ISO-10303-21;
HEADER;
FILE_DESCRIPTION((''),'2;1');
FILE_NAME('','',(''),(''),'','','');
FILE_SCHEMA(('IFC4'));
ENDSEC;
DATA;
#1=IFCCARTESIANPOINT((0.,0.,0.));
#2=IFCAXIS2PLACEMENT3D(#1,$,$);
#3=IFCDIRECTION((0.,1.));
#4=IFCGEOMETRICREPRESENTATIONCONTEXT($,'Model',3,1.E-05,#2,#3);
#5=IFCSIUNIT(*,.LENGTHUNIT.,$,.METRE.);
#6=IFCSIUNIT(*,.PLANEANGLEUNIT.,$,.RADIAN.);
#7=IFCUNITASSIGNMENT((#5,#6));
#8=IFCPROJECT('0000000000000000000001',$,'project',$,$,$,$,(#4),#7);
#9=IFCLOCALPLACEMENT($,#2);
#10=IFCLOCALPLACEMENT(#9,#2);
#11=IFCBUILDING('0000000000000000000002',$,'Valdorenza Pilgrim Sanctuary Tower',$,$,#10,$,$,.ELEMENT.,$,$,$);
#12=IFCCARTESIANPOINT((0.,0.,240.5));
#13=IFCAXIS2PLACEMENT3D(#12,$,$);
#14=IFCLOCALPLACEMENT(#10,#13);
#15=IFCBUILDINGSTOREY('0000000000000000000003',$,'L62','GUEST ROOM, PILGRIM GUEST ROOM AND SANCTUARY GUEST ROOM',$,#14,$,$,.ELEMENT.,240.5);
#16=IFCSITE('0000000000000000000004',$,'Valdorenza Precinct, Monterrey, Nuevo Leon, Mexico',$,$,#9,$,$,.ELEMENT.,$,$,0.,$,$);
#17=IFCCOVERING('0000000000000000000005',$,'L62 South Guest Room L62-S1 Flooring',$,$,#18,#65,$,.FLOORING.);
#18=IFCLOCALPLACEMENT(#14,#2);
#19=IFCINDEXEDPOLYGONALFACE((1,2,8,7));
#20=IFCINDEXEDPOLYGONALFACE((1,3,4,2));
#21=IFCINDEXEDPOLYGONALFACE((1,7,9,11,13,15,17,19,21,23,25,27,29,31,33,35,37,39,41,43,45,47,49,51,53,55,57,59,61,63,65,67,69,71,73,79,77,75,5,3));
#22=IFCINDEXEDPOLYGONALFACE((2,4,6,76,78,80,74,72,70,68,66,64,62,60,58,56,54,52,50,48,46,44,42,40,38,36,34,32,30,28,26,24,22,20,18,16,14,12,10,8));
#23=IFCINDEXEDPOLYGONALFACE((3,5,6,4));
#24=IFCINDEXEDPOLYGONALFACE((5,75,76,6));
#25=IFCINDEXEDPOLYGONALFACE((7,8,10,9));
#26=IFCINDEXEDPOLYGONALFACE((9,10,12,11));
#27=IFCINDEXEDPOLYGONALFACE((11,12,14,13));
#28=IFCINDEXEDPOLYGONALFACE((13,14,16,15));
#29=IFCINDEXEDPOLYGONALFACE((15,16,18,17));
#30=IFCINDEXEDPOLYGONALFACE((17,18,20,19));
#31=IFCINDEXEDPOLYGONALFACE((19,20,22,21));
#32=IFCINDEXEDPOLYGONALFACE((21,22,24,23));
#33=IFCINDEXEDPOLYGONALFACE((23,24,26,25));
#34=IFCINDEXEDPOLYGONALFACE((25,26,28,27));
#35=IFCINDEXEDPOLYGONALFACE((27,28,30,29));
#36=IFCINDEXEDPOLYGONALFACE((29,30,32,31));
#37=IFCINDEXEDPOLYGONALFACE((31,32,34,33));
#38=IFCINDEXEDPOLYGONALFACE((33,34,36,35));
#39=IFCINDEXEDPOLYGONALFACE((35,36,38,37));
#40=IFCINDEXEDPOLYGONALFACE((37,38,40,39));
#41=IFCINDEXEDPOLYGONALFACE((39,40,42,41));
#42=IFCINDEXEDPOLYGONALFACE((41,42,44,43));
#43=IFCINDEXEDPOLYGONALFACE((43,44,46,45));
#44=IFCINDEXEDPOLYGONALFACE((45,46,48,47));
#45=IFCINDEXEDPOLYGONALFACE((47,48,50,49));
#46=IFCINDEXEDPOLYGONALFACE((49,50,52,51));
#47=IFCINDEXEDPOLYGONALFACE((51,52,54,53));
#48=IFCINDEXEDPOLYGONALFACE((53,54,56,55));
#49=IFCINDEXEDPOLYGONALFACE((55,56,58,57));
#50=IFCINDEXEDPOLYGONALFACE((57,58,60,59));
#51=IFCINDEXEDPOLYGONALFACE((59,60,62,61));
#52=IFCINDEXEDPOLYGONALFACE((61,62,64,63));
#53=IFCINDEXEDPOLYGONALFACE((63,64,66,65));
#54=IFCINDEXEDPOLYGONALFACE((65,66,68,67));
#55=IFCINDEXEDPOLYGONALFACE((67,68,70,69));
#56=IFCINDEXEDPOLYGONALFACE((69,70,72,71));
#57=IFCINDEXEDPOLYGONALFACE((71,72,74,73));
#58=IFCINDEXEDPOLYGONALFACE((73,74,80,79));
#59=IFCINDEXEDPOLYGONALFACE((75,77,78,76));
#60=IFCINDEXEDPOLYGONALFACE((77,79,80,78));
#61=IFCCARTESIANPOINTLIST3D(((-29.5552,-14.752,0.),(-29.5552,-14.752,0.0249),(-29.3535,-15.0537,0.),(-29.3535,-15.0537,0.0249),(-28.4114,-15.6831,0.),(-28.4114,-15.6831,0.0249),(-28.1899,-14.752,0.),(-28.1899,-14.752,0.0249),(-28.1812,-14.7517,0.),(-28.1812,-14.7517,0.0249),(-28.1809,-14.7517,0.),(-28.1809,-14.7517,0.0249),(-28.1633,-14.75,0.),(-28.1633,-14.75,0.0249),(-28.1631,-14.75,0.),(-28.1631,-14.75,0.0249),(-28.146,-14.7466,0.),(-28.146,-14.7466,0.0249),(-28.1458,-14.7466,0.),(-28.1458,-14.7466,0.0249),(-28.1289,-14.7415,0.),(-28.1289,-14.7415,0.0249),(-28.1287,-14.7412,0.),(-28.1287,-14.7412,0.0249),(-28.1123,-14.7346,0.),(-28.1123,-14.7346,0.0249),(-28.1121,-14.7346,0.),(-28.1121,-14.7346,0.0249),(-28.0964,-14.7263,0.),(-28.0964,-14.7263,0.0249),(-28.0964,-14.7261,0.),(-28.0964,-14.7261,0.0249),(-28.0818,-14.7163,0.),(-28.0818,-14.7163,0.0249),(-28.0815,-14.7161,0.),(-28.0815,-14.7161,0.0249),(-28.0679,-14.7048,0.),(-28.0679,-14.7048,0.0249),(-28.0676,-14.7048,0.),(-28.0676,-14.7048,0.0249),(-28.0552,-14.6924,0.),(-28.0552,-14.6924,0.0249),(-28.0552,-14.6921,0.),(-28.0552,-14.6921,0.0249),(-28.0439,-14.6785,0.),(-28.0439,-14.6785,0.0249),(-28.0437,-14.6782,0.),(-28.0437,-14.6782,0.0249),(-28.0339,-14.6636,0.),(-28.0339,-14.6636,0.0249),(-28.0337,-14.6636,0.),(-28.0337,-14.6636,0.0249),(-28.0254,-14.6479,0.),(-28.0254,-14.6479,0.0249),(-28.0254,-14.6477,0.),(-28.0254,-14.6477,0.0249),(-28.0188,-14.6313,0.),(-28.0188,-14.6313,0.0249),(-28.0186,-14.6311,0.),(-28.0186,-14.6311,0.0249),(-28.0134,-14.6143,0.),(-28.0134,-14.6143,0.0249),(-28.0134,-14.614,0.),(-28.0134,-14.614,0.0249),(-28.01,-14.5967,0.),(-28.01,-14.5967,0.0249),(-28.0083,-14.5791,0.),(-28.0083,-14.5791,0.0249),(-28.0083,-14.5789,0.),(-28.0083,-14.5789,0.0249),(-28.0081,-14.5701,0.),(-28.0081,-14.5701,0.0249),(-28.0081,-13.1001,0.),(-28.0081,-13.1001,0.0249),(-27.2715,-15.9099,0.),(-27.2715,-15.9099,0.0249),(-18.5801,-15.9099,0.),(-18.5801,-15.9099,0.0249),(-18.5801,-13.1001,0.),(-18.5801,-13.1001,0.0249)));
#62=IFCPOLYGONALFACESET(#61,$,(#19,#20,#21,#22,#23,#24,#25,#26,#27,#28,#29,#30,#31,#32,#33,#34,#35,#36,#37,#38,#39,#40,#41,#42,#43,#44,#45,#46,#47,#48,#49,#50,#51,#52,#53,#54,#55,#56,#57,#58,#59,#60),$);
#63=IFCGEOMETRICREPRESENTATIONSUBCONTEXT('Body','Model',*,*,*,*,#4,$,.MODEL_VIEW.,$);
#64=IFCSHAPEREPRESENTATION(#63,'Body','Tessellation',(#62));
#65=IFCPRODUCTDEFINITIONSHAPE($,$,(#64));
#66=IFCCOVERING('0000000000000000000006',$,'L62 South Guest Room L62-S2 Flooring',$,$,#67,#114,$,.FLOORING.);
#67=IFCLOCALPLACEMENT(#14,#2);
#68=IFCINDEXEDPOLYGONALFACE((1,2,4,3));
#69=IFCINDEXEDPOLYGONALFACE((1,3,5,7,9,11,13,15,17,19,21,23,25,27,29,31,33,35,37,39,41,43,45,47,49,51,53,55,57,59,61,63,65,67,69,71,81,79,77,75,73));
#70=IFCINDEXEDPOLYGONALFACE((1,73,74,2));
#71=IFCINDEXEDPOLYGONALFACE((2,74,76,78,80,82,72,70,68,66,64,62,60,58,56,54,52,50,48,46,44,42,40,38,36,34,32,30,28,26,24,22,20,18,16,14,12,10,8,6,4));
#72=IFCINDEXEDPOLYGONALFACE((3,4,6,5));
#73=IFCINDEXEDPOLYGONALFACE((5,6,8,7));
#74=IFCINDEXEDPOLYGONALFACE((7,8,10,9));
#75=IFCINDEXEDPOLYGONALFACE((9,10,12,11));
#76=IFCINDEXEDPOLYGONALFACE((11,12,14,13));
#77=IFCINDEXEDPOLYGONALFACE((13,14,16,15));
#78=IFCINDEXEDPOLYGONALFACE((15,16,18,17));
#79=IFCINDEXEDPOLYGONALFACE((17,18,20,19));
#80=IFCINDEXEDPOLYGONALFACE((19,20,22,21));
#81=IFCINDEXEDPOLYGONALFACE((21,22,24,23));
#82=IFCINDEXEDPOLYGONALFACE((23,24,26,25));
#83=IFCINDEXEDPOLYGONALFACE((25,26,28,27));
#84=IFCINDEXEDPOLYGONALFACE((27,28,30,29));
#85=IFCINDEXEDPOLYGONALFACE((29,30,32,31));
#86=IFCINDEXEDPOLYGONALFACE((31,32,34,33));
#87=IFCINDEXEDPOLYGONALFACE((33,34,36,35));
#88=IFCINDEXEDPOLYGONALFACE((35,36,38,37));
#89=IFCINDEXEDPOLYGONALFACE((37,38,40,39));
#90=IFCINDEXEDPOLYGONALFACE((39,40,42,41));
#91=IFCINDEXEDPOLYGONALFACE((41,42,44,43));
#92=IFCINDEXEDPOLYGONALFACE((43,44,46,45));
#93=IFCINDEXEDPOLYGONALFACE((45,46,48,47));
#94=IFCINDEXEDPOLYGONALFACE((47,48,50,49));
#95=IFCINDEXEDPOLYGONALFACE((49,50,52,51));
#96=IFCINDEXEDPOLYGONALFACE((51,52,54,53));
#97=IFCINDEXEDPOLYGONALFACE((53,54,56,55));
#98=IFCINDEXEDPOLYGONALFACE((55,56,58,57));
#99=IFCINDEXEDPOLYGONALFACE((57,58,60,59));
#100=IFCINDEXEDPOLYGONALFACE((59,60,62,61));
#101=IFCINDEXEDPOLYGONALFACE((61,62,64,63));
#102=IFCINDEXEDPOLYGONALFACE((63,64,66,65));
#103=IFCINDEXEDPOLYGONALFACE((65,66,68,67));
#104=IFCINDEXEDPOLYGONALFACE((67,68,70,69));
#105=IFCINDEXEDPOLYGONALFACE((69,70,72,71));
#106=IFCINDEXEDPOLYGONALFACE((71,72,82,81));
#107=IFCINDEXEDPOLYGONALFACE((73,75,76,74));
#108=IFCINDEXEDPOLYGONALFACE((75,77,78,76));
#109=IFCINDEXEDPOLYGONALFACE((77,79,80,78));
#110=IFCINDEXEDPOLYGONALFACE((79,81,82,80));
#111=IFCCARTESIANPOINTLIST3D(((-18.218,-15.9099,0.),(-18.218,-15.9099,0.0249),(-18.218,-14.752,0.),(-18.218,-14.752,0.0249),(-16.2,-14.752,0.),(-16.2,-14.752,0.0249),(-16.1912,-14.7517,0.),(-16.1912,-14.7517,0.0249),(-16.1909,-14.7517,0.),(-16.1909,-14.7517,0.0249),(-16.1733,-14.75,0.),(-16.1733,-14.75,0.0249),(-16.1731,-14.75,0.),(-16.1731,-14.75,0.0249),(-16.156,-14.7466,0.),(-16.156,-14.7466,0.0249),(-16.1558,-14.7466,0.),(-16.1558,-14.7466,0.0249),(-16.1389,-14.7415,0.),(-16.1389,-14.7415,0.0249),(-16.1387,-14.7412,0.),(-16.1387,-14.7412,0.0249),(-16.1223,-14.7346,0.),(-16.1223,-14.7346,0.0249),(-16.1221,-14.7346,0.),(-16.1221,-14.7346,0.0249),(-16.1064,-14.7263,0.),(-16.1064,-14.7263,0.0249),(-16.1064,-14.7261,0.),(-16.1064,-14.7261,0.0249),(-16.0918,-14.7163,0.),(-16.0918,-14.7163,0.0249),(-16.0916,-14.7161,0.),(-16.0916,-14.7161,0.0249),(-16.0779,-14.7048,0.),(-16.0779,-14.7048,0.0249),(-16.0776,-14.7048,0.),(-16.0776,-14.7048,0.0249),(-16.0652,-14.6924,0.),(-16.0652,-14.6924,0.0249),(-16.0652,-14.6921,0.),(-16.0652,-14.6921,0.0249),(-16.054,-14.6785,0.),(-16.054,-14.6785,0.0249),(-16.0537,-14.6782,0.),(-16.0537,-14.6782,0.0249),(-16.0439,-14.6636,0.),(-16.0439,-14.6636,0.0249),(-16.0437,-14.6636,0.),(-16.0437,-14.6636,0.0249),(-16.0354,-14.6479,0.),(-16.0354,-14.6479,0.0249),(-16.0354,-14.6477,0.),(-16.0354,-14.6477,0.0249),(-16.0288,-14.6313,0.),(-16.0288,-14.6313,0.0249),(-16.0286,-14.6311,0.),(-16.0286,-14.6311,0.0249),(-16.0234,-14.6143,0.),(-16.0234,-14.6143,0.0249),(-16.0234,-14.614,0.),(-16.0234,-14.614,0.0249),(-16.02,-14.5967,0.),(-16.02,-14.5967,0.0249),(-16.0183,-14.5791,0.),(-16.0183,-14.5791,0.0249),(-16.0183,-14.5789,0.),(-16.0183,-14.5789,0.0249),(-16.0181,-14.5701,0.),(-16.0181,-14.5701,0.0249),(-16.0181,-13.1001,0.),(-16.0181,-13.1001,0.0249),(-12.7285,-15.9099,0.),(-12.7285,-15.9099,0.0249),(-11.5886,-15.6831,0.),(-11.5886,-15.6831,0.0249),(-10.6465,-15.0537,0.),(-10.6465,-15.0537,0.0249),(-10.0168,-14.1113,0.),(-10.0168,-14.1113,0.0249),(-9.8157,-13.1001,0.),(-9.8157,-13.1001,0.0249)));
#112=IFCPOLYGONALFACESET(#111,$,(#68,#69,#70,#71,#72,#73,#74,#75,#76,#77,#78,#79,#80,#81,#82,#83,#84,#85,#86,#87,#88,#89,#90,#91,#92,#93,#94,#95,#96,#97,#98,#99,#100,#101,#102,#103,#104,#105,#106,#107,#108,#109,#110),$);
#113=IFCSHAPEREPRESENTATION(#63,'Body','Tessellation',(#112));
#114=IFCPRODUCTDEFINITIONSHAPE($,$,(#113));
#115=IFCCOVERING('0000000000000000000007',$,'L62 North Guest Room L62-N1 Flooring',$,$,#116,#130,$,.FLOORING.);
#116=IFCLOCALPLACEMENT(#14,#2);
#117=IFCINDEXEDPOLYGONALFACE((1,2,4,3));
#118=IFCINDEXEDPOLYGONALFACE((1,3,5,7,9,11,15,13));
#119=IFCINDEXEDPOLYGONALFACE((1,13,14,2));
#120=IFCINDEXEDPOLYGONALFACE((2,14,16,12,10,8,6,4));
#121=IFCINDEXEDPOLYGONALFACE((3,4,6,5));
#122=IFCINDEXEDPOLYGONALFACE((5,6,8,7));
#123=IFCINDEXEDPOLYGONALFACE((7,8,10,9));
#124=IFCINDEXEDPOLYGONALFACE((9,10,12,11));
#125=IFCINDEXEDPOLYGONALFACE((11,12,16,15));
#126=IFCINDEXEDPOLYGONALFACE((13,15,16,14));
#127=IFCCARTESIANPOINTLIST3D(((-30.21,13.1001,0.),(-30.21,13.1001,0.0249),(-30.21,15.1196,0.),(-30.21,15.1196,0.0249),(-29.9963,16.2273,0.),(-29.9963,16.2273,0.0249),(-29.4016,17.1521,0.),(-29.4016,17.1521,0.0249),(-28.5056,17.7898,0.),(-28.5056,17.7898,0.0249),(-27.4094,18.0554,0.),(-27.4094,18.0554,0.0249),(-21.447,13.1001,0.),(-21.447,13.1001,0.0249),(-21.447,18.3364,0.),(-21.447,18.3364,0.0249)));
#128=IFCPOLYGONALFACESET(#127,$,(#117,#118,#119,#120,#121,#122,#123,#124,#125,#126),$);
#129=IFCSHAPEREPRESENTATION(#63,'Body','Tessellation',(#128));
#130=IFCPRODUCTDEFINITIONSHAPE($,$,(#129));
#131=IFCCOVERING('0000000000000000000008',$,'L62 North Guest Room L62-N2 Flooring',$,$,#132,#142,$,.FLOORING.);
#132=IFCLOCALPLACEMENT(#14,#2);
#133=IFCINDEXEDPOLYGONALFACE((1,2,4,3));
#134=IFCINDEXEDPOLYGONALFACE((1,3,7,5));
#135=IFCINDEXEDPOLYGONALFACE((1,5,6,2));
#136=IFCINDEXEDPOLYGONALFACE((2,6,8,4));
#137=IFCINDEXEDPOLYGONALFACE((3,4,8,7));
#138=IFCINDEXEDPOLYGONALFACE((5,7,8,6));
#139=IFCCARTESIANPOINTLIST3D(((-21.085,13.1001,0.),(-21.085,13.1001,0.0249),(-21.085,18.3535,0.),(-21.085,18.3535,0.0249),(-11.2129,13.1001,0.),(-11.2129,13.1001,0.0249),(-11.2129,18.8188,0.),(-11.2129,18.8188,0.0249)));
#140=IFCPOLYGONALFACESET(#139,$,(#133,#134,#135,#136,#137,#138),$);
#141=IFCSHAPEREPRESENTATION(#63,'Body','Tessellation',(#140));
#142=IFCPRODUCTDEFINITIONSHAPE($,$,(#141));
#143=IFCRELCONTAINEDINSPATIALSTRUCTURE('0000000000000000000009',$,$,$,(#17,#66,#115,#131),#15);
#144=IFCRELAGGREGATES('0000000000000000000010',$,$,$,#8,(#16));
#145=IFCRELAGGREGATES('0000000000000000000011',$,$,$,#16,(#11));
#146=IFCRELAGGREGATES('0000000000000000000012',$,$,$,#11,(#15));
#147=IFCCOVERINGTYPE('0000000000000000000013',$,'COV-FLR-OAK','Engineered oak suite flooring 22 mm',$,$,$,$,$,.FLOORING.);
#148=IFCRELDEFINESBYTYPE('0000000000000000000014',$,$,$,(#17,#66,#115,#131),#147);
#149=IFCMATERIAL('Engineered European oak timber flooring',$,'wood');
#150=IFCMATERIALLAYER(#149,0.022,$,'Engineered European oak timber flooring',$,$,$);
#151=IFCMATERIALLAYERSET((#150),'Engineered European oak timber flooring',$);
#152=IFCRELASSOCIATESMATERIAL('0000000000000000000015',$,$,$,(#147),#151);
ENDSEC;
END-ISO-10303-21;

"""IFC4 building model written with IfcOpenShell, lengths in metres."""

from ifc_helpers import new_model, si_unit, direction, frame, origin, place, context, subcontext, project, spatial, polyline, outline, extrude, material, layer, layer_set, type_object, element, save


model = new_model("IFC4")

# Units and contexts
model_context = context("Model", 3, precision=1e-05, world=origin(), true_north=direction((0.0, 1.0)))
body_context = subcontext(model_context, "Body", "Model", "MODEL_VIEW")
ifc_project = project(units=[si_unit("LENGTHUNIT", "METRE"), si_unit("PLANEANGLEUNIT", "RADIAN")], contexts=[model_context])

# Site, building, storey
site_placement = place(None, origin())
site = spatial("IfcSite", under=ifc_project, at=site_placement, Name="Valdorenza Precinct, Monterrey, Nuevo Leon, Mexico", CompositionType="ELEMENT", RefElevation=0.0)
building_placement = place(site_placement, origin())
building = spatial("IfcBuilding", under=site, at=building_placement, Name="Valdorenza Pilgrim Sanctuary Tower", CompositionType="ELEMENT")
storey_placement = place(building_placement, frame((0.0, 0.0, 240.5)))
storey = spatial("IfcBuildingStorey", under=building, at=storey_placement, Name="L62", Description="GUEST ROOM, PILGRIM GUEST ROOM AND SANCTUARY GUEST ROOM", CompositionType="ELEMENT", Elevation=240.5)

# Coverings
ifc_material_1 = material(Name="Engineered European oak timber flooring", Category="wood")
ifc_layer_1 = layer(ifc_material_1, 0.022, Name="Engineered European oak timber flooring")
ifc_layer_set_1 = layer_set([ifc_layer_1], Name="Engineered European oak timber flooring")
covering_type_1 = type_object("IfcCoveringType", Name="COV-FLR-OAK", Description="Engineered oak suite flooring 22 mm", PredefinedType="FLOORING", material=ifc_layer_set_1)
covering_1_placement = place(storey_placement, origin())
element("IfcCovering", 1, at=covering_1_placement, inside=storey, type_object=covering_type_1, Name="L62 South Guest Room L62-S1 Flooring", PredefinedType="FLOORING", context=body_context, shape_type="SweptSolid", body=[
    extrude(outline(polyline([(-27.2715, -15.9099), (-28.4114, -15.6831), (-29.3535, -15.0537), (-29.5552, -14.752), (-28.1899, -14.752), (-28.1812, -14.7517), (-28.1809, -14.7517), (-28.1633, -14.75), (-28.1631, -14.75), (-28.146, -14.7466), (-28.1458, -14.7466), (-28.1289, -14.7415), (-28.1287, -14.7412), (-28.1123, -14.7346), (-28.1121, -14.7346), (-28.0964, -14.7263), (-28.0964, -14.7261), (-28.0818, -14.7163), (-28.0815, -14.7161), (-28.0679, -14.7048), (-28.0676, -14.7048), (-28.0552, -14.6924), (-28.0552, -14.6921), (-28.0439, -14.6785), (-28.0437, -14.6782), (-28.0339, -14.6636), (-28.0337, -14.6636), (-28.0254, -14.6479), (-28.0254, -14.6477), (-28.0188, -14.6313), (-28.0186, -14.6311), (-28.0134, -14.6143), (-28.0134, -14.614), (-28.01, -14.5967), (-28.01, -14.5967), (-28.0083, -14.5791), (-28.0083, -14.5789), (-28.0081, -14.5701), (-28.0081, -13.1001), (-18.5801, -13.1001), (-18.5801, -15.9099), (-27.2715, -15.9099)])), origin(), (0.0, 0.0, 1.0), 0.0249),
])
covering_2_placement = place(storey_placement, origin())
element("IfcCovering", 2, at=covering_2_placement, inside=storey, type_object=covering_type_1, Name="L62 South Guest Room L62-S2 Flooring", PredefinedType="FLOORING", context=body_context, shape_type="SweptSolid", body=[
    extrude(outline(polyline([(-10.0168, -14.1113), (-10.6465, -15.0537), (-11.5886, -15.6831), (-12.7285, -15.9099), (-18.218, -15.9099), (-18.218, -14.752), (-16.2, -14.752), (-16.1912, -14.7517), (-16.1909, -14.7517), (-16.1733, -14.75), (-16.1731, -14.75), (-16.156, -14.7466), (-16.1558, -14.7466), (-16.1389, -14.7415), (-16.1387, -14.7412), (-16.1223, -14.7346), (-16.1221, -14.7346), (-16.1064, -14.7263), (-16.1064, -14.7261), (-16.0918, -14.7163), (-16.0916, -14.7161), (-16.0779, -14.7048), (-16.0776, -14.7048), (-16.0652, -14.6924), (-16.0652, -14.6921), (-16.054, -14.6785), (-16.0537, -14.6782), (-16.0439, -14.6636), (-16.0437, -14.6636), (-16.0354, -14.6479), (-16.0354, -14.6477), (-16.0288, -14.6313), (-16.0286, -14.6311), (-16.0234, -14.6143), (-16.0234, -14.614), (-16.02, -14.5967), (-16.02, -14.5967), (-16.0183, -14.5791), (-16.0183, -14.5789), (-16.0181, -14.5701), (-16.0181, -13.1001), (-9.8157, -13.1001), (-10.0168, -14.1113)])), origin(), (0.0, 0.0, 1.0), 0.0249),
])
covering_3_placement = place(storey_placement, origin())
element("IfcCovering", 3, at=covering_3_placement, inside=storey, type_object=covering_type_1, Name="L62 North Guest Room L62-N1 Flooring", PredefinedType="FLOORING", context=body_context, shape_type="SweptSolid", body=[
    extrude(outline(polyline([(-29.9963, 16.2273), (-29.4016, 17.1521), (-28.5056, 17.7898), (-27.4094, 18.0554), (-21.447, 18.3364), (-21.447, 13.1001), (-30.21, 13.1001), (-30.21, 15.1196), (-29.9963, 16.2273)])), origin(), (0.0, 0.0, 1.0), 0.0249),
])
covering_4_placement = place(storey_placement, origin())
element("IfcCovering", 4, at=covering_4_placement, inside=storey, type_object=covering_type_1, Name="L62 North Guest Room L62-N2 Flooring", PredefinedType="FLOORING", context=body_context, shape_type="SweptSolid", body=[
    extrude(outline(polyline([(-11.2129, 18.8188), (-11.2129, 13.1001), (-21.085, 13.1001), (-21.085, 18.3535), (-11.2129, 18.8188)])), origin(), (0.0, 0.0, 1.0), 0.0249),
])

save(model, "model.ifc")
